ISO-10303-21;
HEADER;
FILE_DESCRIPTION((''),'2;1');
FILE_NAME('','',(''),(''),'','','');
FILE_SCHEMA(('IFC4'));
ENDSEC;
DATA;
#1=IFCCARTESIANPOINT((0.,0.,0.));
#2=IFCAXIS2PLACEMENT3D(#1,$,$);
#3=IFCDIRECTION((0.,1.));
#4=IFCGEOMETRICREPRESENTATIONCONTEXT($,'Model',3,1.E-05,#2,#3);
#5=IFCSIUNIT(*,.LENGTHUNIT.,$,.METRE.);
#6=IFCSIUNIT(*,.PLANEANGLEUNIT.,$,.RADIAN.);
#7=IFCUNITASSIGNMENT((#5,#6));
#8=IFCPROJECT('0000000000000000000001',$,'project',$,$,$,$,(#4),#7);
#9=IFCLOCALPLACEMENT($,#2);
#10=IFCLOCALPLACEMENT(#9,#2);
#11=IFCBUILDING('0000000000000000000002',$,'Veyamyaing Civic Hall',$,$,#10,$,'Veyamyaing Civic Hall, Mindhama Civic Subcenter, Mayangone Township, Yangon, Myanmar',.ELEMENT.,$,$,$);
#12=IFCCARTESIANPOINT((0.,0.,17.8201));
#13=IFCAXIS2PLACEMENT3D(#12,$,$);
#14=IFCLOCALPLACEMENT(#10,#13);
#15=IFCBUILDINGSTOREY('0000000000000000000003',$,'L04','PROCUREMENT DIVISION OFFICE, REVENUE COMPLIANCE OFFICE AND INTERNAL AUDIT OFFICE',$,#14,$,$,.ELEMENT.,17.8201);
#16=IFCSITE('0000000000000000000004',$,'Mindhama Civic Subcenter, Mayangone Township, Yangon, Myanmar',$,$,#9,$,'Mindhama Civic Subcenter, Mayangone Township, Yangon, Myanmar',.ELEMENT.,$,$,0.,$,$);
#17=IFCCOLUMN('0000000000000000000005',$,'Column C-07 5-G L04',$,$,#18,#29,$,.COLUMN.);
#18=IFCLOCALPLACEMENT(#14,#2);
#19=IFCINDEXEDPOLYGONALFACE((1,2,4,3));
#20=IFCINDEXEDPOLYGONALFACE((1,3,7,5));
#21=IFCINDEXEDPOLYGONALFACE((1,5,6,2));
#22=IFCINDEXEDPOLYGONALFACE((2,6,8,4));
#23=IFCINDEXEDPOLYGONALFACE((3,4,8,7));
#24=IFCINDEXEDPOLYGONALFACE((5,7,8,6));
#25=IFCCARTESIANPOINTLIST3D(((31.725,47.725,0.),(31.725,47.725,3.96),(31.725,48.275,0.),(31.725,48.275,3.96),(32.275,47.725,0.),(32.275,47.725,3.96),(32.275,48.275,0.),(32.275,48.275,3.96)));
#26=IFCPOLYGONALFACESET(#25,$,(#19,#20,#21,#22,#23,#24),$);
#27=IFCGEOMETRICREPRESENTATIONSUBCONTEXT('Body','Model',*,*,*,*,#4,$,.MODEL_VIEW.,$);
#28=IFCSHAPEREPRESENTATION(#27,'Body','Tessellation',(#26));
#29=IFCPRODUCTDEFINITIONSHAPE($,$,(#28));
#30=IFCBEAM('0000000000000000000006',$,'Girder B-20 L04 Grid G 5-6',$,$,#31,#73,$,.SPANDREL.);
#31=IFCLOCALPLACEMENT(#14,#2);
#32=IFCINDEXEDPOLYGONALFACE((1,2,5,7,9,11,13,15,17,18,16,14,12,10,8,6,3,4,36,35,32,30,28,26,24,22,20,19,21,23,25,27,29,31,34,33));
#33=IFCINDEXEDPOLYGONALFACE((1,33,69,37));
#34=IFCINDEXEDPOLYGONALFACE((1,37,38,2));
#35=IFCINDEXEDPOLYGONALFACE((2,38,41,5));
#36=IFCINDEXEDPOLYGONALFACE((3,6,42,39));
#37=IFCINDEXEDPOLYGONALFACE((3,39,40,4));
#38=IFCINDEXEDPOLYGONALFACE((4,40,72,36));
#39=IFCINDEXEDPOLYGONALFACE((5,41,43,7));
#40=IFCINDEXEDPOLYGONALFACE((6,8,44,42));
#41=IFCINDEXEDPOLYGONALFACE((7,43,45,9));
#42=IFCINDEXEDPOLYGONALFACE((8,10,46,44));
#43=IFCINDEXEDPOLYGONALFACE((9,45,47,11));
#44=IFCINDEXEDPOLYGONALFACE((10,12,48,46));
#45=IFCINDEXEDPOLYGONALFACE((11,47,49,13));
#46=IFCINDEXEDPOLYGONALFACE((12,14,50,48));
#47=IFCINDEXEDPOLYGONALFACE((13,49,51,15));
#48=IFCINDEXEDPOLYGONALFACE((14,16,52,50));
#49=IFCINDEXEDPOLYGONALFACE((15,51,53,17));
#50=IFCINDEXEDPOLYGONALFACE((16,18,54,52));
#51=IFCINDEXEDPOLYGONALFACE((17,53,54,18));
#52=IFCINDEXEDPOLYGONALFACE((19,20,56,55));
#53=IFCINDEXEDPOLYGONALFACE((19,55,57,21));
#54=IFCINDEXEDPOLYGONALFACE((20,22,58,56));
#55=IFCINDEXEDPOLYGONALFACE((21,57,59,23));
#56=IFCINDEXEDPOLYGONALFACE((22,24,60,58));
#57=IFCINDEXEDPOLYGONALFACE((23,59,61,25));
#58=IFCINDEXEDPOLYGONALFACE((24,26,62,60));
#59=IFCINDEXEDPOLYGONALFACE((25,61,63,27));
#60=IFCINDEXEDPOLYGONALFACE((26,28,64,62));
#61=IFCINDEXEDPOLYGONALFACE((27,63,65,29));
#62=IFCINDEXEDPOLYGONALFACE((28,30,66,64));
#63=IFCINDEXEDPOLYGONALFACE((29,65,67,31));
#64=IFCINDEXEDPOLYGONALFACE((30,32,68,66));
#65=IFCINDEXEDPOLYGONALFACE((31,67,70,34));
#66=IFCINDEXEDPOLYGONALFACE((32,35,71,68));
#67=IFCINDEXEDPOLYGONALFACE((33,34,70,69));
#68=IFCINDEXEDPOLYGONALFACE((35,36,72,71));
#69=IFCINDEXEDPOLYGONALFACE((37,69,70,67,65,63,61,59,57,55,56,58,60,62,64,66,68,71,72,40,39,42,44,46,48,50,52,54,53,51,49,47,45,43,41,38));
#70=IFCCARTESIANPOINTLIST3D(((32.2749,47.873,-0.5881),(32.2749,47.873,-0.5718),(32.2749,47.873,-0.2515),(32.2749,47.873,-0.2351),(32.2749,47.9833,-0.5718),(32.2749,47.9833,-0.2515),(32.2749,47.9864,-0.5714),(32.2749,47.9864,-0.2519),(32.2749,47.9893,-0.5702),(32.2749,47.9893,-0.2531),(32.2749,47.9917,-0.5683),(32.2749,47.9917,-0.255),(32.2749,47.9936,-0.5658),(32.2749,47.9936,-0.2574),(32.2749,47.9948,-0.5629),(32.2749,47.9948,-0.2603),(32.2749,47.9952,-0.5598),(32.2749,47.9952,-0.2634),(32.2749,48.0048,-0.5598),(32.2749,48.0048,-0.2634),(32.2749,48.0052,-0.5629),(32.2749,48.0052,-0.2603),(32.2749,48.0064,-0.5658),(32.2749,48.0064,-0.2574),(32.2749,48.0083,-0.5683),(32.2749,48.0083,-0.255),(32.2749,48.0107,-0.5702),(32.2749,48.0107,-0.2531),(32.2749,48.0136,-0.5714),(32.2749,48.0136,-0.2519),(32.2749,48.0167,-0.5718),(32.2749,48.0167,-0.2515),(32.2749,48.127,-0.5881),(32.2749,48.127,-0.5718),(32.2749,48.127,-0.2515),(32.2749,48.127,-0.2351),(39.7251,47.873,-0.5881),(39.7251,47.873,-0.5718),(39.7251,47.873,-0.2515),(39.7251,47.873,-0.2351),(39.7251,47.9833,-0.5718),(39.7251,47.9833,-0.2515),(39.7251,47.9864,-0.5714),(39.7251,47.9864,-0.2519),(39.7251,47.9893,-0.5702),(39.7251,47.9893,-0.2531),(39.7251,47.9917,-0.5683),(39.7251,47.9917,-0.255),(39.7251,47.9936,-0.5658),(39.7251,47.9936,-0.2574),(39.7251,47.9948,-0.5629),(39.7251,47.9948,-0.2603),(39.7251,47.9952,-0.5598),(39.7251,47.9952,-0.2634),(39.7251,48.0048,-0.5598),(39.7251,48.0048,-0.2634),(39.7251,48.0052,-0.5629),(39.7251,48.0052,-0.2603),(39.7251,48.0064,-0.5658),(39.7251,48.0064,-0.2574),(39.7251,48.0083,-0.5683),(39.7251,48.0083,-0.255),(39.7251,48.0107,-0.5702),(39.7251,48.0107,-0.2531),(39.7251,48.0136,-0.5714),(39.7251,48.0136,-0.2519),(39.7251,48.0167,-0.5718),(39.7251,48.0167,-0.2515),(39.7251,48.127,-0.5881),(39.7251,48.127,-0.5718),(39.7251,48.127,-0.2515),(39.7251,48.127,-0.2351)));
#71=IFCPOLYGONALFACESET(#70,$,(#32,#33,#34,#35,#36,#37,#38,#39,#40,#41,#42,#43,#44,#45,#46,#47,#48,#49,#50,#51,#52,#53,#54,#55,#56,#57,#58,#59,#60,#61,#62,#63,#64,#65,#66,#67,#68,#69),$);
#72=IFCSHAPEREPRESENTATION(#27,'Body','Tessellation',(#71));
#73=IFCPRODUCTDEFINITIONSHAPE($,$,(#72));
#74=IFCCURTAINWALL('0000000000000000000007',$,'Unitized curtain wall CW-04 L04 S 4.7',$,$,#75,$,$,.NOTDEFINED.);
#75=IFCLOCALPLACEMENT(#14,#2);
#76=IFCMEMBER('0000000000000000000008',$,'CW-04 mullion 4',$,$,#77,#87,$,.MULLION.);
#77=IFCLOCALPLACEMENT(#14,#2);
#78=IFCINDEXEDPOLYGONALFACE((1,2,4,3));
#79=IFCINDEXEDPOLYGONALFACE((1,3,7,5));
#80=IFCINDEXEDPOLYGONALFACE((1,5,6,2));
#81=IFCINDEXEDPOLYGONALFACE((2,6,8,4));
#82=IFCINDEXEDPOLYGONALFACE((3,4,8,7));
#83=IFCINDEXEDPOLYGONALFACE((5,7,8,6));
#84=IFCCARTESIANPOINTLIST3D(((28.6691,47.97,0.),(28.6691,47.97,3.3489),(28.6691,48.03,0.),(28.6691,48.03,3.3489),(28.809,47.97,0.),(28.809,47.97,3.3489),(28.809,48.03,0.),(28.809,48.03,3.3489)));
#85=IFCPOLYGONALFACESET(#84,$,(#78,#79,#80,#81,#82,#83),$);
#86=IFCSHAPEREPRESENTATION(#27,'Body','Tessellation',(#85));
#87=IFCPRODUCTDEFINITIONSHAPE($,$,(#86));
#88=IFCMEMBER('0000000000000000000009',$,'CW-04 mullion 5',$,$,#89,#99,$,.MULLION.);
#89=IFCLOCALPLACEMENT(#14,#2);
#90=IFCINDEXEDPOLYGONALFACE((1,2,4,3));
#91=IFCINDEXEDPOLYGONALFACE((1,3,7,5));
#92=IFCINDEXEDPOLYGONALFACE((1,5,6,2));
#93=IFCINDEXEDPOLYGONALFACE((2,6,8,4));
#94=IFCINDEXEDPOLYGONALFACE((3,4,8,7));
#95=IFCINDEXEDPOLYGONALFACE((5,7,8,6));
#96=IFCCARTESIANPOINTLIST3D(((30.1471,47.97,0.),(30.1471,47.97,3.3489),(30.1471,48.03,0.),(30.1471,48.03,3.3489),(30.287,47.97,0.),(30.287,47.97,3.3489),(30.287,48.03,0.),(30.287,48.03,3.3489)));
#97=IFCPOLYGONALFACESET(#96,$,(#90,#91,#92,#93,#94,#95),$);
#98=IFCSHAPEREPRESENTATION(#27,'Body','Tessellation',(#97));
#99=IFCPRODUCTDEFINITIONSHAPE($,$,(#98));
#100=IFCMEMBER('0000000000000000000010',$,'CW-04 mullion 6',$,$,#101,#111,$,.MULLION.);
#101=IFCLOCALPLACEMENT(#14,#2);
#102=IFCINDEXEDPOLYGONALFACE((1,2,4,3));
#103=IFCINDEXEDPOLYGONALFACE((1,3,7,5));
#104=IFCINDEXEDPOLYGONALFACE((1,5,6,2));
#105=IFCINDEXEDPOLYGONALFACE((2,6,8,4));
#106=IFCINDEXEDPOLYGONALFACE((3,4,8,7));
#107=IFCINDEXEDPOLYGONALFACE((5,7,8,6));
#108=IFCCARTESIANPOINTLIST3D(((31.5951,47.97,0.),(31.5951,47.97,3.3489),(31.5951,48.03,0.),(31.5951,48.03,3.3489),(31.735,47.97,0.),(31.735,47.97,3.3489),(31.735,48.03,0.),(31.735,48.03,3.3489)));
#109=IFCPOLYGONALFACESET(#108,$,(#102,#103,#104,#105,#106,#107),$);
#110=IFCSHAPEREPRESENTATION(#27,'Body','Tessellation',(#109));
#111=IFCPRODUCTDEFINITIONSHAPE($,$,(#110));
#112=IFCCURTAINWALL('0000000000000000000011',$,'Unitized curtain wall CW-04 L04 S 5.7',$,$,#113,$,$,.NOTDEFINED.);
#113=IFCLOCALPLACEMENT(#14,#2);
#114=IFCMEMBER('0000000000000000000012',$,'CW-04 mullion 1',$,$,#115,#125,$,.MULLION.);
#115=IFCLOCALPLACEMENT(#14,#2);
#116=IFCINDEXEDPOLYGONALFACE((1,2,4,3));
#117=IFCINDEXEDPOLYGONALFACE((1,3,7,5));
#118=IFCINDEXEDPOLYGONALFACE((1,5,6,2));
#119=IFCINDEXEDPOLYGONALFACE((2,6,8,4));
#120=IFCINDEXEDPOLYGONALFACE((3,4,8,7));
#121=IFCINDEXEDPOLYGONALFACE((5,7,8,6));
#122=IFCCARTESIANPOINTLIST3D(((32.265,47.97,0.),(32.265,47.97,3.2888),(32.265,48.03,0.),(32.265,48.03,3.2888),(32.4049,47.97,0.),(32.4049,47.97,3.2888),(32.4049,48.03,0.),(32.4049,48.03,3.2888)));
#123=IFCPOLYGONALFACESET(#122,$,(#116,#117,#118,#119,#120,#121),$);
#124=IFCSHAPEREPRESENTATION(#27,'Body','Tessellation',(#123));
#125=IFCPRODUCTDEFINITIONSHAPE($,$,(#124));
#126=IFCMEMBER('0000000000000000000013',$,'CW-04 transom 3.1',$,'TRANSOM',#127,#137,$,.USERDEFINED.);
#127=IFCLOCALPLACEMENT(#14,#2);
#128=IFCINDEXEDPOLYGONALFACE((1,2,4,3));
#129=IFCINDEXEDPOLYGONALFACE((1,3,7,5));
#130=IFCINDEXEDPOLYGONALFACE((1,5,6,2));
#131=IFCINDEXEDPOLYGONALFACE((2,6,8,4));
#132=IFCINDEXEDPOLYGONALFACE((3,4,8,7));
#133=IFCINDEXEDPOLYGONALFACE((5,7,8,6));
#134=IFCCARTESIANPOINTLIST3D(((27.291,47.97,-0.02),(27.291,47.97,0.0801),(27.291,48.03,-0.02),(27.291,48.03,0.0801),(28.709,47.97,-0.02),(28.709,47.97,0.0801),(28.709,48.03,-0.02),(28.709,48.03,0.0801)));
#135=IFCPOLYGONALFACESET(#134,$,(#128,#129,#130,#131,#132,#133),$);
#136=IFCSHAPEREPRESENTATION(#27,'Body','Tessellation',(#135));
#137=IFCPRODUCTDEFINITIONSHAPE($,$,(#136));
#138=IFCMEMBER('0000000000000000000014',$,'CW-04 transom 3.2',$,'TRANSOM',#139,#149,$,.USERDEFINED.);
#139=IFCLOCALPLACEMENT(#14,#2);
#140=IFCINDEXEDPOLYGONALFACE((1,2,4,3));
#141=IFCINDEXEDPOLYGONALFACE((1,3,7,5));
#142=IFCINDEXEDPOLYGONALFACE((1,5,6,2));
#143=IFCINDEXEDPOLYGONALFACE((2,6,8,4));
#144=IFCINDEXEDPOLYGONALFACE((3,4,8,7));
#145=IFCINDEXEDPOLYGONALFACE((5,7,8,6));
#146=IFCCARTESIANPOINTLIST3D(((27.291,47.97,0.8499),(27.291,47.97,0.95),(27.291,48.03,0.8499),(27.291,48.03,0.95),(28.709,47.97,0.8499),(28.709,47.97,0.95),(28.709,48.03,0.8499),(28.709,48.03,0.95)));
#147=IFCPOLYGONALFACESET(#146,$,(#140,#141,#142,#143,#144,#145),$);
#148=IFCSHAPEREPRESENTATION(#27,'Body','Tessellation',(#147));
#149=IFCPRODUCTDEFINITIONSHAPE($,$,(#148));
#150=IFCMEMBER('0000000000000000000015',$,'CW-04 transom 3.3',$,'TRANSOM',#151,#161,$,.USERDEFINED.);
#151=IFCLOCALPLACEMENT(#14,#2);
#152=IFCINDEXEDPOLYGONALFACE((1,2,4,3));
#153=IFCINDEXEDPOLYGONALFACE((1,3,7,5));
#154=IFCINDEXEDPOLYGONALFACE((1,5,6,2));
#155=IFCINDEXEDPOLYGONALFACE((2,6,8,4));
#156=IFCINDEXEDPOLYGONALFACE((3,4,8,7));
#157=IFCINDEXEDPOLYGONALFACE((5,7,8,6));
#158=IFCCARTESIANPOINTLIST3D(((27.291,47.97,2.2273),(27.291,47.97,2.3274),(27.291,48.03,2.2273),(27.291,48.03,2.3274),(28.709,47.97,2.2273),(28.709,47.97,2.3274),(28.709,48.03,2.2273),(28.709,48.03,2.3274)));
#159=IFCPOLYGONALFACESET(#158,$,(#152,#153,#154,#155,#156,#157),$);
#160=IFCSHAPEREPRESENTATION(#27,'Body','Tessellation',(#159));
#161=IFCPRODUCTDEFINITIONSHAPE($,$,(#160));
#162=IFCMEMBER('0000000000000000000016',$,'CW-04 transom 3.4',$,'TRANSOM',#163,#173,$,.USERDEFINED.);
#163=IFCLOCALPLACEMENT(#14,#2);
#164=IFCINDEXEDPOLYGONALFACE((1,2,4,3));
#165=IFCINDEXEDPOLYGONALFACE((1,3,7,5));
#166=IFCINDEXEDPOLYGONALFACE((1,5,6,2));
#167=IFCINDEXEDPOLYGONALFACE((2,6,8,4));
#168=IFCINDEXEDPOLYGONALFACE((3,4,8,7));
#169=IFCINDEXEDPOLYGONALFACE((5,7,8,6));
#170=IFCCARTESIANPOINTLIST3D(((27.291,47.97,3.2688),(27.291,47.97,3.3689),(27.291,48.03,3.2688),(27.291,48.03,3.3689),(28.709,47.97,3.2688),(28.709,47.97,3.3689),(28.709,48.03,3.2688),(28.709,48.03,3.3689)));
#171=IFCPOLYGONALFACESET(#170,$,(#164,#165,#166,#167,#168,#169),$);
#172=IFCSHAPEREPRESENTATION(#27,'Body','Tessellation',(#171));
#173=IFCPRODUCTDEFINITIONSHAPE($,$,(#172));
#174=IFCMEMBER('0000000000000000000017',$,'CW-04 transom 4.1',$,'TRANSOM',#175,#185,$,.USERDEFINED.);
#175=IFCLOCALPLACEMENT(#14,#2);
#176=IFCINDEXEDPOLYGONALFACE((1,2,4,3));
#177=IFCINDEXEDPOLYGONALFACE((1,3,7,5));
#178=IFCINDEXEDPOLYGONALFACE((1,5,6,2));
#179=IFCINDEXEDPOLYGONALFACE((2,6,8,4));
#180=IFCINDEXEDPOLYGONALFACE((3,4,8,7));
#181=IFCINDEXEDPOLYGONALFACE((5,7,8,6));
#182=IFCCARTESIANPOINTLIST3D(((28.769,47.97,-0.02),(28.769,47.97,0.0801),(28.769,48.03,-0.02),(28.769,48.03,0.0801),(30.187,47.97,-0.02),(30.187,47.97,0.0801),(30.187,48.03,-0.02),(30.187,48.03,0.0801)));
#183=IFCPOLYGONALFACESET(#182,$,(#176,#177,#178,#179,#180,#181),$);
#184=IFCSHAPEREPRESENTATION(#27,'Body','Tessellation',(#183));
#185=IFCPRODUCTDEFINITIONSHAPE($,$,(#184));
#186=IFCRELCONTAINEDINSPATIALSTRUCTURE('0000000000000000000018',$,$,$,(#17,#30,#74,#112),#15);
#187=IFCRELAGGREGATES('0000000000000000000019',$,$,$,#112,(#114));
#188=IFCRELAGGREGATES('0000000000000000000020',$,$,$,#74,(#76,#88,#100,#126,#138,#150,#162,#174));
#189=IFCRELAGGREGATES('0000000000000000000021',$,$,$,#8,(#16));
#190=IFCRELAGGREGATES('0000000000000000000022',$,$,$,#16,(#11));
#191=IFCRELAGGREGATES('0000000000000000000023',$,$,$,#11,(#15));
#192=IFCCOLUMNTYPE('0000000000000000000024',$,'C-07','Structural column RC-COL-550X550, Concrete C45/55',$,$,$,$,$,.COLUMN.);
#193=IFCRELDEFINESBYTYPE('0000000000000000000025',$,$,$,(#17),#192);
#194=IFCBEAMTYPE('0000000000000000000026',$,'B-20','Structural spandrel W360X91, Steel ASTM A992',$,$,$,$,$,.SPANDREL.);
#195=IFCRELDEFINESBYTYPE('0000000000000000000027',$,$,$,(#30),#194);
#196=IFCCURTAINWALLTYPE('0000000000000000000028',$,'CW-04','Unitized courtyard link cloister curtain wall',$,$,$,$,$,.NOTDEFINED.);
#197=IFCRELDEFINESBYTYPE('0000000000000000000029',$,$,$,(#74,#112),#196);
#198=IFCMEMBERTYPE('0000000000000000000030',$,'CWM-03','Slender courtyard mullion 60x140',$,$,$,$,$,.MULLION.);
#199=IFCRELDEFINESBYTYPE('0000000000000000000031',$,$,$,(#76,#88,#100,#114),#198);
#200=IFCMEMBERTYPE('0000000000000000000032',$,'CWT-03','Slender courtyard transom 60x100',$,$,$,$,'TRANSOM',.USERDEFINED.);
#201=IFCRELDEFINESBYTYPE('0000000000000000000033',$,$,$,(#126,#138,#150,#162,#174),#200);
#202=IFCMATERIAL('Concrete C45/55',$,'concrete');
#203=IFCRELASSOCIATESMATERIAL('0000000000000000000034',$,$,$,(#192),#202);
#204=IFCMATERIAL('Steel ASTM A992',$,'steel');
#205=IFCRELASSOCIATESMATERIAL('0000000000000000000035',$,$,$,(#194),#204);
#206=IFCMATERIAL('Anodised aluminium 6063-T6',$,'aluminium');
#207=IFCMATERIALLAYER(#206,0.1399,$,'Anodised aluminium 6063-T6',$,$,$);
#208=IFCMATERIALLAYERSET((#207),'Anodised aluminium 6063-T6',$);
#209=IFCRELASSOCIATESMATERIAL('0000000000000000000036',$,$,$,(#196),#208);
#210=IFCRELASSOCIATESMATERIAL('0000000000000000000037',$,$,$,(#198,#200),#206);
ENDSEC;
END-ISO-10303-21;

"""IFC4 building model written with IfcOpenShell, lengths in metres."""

from ifc_helpers import new_model, si_unit, direction, frame, origin, origin_2d, place, context, subcontext, project, spatial, rectangle, i_section, extrude, material, layer, layer_set, material_profile, profile_set, type_object, element, aggregate, save


model = new_model("IFC4")

# Units and contexts
model_context = context("Model", 3, precision=1e-05, world=origin(), true_north=direction((0.0, 1.0)))
body_context = subcontext(model_context, "Body", "Model", "MODEL_VIEW")
ifc_project = project(units=[si_unit("LENGTHUNIT", "METRE"), si_unit("PLANEANGLEUNIT", "RADIAN")], contexts=[model_context])

# Site, building, storey
site_placement = place(None, origin())
site = spatial("IfcSite", under=ifc_project, at=site_placement, Name="Mindhama Civic Subcenter, Mayangone Township, Yangon, Myanmar", LongName="Mindhama Civic Subcenter, Mayangone Township, Yangon, Myanmar", CompositionType="ELEMENT", RefElevation=0.0)
building_placement = place(site_placement, origin())
building = spatial("IfcBuilding", under=site, at=building_placement, Name="Veyamyaing Civic Hall", LongName="Veyamyaing Civic Hall, Mindhama Civic Subcenter, Mayangone Township, Yangon, Myanmar", CompositionType="ELEMENT")
storey_placement = place(building_placement, frame((0.0, 0.0, 17.8201)))
storey = spatial("IfcBuildingStorey", under=building, at=storey_placement, Name="L04", Description="PROCUREMENT DIVISION OFFICE, REVENUE COMPLIANCE OFFICE AND INTERNAL AUDIT OFFICE", CompositionType="ELEMENT", Elevation=17.8201)

# Column
ifc_material_1 = material(Name="Concrete C45/55", Category="concrete")
ifc_material_profile_1 = material_profile(ifc_material_1, rectangle(XDim=0.55, YDim=0.55, at=origin_2d()), Name="RC-COL-550X550")
ifc_profile_set_1 = profile_set([ifc_material_profile_1], Name="Concrete C45/55")
column_type = type_object("IfcColumnType", Name="C-07", Description="Structural column RC-COL-550X550, Concrete C45/55", PredefinedType="COLUMN", material=ifc_profile_set_1)
column_placement = place(storey_placement, frame((32.0, 48.0, 0.0), z_axis=(0.0, 0.0, 1.0), x_axis=(1.0, 0.0, 0.0)))
element("IfcColumn", 1, at=column_placement, inside=storey, type_object=column_type, Name="Column C-07 5-G L04", PredefinedType="COLUMN", context=body_context, shape_type="SweptSolid", body=[
    extrude(rectangle(XDim=0.55, YDim=0.55, at=origin_2d()), origin(), (0.0, 0.0, 1.0), 3.96),
])

# Beam
ifc_material_2 = material(Name="Steel ASTM A992", Category="steel")
ifc_material_profile_2 = material_profile(ifc_material_2, i_section(OverallWidth=0.2539, OverallDepth=0.353, WebThickness=0.0095, FlangeThickness=0.0164, FilletRadius=0.012, at=origin_2d()), Name="W360X91")
ifc_profile_set_2 = profile_set([ifc_material_profile_2], Name="Steel ASTM A992")
beam_type = type_object("IfcBeamType", Name="B-20", Description="Structural spandrel W360X91, Steel ASTM A992", PredefinedType="SPANDREL", material=ifc_profile_set_2)
beam_placement = place(storey_placement, frame((32.2749, 48.0, -0.4116), z_axis=(1.0, 0.0, 0.0), x_axis=(0.0, 1.0, 0.0)))
element("IfcBeam", 2, at=beam_placement, inside=storey, type_object=beam_type, Name="Girder B-20 L04 Grid G 5-6", PredefinedType="SPANDREL", context=body_context, shape_type="SweptSolid", body=[
    extrude(i_section(OverallWidth=0.2539, OverallDepth=0.353, WebThickness=0.0095, FlangeThickness=0.0164, FilletRadius=0.012, at=origin_2d()), origin(), (0.0, 0.0, 1.0), 7.4502),
])

# Curtain wall, members
ifc_material_3 = material(Name="Anodised aluminium 6063-T6", Category="aluminium")
ifc_layer_1 = layer(ifc_material_3, 0.1399, Name="Anodised aluminium 6063-T6")
ifc_layer_set_1 = layer_set([ifc_layer_1], Name="Anodised aluminium 6063-T6")
curtain_wall_type = type_object("IfcCurtainWallType", Name="CW-04", Description="Unitized courtyard link cloister curtain wall", PredefinedType="NOTDEFINED", material=ifc_layer_set_1)
curtain_wall_1_placement = place(storey_placement, origin())
curtain_wall_1 = element("IfcCurtainWall", 3, at=curtain_wall_1_placement, inside=storey, type_object=curtain_wall_type, Name="Unitized curtain wall CW-04 L04 S 4.7", PredefinedType="NOTDEFINED")
ifc_material_profile_3 = material_profile(ifc_material_3, rectangle(XDim=0.0601, YDim=0.1399, at=origin_2d()), Name="ALU-MUL-60X140")
ifc_profile_set_3 = profile_set([ifc_material_profile_3], Name="Anodised aluminium 6063-T6")
member_type_1 = type_object("IfcMemberType", Name="CWM-03", Description="Slender courtyard mullion 60x140", PredefinedType="MULLION", material=ifc_profile_set_3)
member_1_placement = place(storey_placement, frame((28.739, 48.0, 0.0), z_axis=(0.0, 0.0, 1.0), x_axis=(0.0, 1.0, 0.0)))
member_1 = element("IfcMember", 4, at=member_1_placement, type_object=member_type_1, Name="CW-04 mullion 4", PredefinedType="MULLION", context=body_context, shape_type="SweptSolid", body=[
    extrude(rectangle(XDim=0.0601, YDim=0.1399, at=origin_2d()), origin(), (0.0, 0.0, 1.0), 3.3489),
])
member_2_placement = place(storey_placement, frame((30.217, 48.0, 0.0), z_axis=(0.0, 0.0, 1.0), x_axis=(0.0, 1.0, 0.0)))
member_2 = element("IfcMember", 5, at=member_2_placement, type_object=member_type_1, Name="CW-04 mullion 5", PredefinedType="MULLION", context=body_context, shape_type="SweptSolid", body=[
    extrude(rectangle(XDim=0.0601, YDim=0.1399, at=origin_2d()), origin(), (0.0, 0.0, 1.0), 3.3489),
])
member_3_placement = place(storey_placement, frame((31.665, 48.0, 0.0), z_axis=(0.0, 0.0, 1.0), x_axis=(0.0, 1.0, 0.0)))
member_3 = element("IfcMember", 6, at=member_3_placement, type_object=member_type_1, Name="CW-04 mullion 6", PredefinedType="MULLION", context=body_context, shape_type="SweptSolid", body=[
    extrude(rectangle(XDim=0.0601, YDim=0.1399, at=origin_2d()), origin(), (0.0, 0.0, 1.0), 3.3489),
])

# Curtain wall, member
curtain_wall_2_placement = place(storey_placement, origin())
curtain_wall_2 = element("IfcCurtainWall", 7, at=curtain_wall_2_placement, inside=storey, type_object=curtain_wall_type, Name="Unitized curtain wall CW-04 L04 S 5.7", PredefinedType="NOTDEFINED")
member_4_placement = place(storey_placement, frame((32.335, 48.0, 0.0), z_axis=(0.0, 0.0, 1.0), x_axis=(0.0, 1.0, 0.0)))
member_4 = element("IfcMember", 8, at=member_4_placement, type_object=member_type_1, Name="CW-04 mullion 1", PredefinedType="MULLION", context=body_context, shape_type="SweptSolid", body=[
    extrude(rectangle(XDim=0.0601, YDim=0.1399, at=origin_2d()), origin(), (0.0, 0.0, 1.0), 3.2888),
])

# Members
ifc_material_profile_4 = material_profile(ifc_material_3, rectangle(XDim=0.0601, YDim=0.1001, at=origin_2d()), Name="ALU-TRN-60X100")
ifc_profile_set_4 = profile_set([ifc_material_profile_4], Name="Anodised aluminium 6063-T6")
member_type_2 = type_object("IfcMemberType", Name="CWT-03", Description="Slender courtyard transom 60x100", ElementType="TRANSOM", PredefinedType="USERDEFINED", material=ifc_profile_set_4)
member_5_placement = place(storey_placement, frame((27.291, 48.0, 0.03), z_axis=(1.0, 0.0, 0.0), x_axis=(0.0, 1.0, 0.0)))
member_5 = element("IfcMember", 9, at=member_5_placement, type_object=member_type_2, Name="CW-04 transom 3.1", ObjectType="TRANSOM", PredefinedType="USERDEFINED", context=body_context, shape_type="SweptSolid", body=[
    extrude(rectangle(XDim=0.0601, YDim=0.1001, at=origin_2d()), origin(), (0.0, 0.0, 1.0), 1.418),
])
member_6_placement = place(storey_placement, frame((27.291, 48.0, 0.8999), z_axis=(1.0, 0.0, 0.0), x_axis=(0.0, 1.0, 0.0)))
member_6 = element("IfcMember", 10, at=member_6_placement, type_object=member_type_2, Name="CW-04 transom 3.2", ObjectType="TRANSOM", PredefinedType="USERDEFINED", context=body_context, shape_type="SweptSolid", body=[
    extrude(rectangle(XDim=0.0601, YDim=0.1001, at=origin_2d()), origin(), (0.0, 0.0, 1.0), 1.418),
])
member_7_placement = place(storey_placement, frame((27.291, 48.0, 2.2773), z_axis=(1.0, 0.0, 0.0), x_axis=(0.0, 1.0, 0.0)))
member_7 = element("IfcMember", 11, at=member_7_placement, type_object=member_type_2, Name="CW-04 transom 3.3", ObjectType="TRANSOM", PredefinedType="USERDEFINED", context=body_context, shape_type="SweptSolid", body=[
    extrude(rectangle(XDim=0.0601, YDim=0.1001, at=origin_2d()), origin(), (0.0, 0.0, 1.0), 1.418),
])
member_8_placement = place(storey_placement, frame((27.291, 48.0, 3.3188), z_axis=(1.0, 0.0, 0.0), x_axis=(0.0, 1.0, 0.0)))
member_8 = element("IfcMember", 12, at=member_8_placement, type_object=member_type_2, Name="CW-04 transom 3.4", ObjectType="TRANSOM", PredefinedType="USERDEFINED", context=body_context, shape_type="SweptSolid", body=[
    extrude(rectangle(XDim=0.0601, YDim=0.1001, at=origin_2d()), origin(), (0.0, 0.0, 1.0), 1.418),
])
member_9_placement = place(storey_placement, frame((28.769, 48.0, 0.03), z_axis=(1.0, 0.0, 0.0), x_axis=(0.0, 1.0, 0.0)))
member_9 = element("IfcMember", 13, at=member_9_placement, type_object=member_type_2, Name="CW-04 transom 4.1", ObjectType="TRANSOM", PredefinedType="USERDEFINED", context=body_context, shape_type="SweptSolid", body=[
    extrude(rectangle(XDim=0.0601, YDim=0.1001, at=origin_2d()), origin(), (0.0, 0.0, 1.0), 1.418),
])
aggregate(curtain_wall_2, [member_4])

aggregate(curtain_wall_1, [member_1, member_2, member_3, member_5, member_6, member_7, member_8, member_9])

save(model, "model.ifc")
